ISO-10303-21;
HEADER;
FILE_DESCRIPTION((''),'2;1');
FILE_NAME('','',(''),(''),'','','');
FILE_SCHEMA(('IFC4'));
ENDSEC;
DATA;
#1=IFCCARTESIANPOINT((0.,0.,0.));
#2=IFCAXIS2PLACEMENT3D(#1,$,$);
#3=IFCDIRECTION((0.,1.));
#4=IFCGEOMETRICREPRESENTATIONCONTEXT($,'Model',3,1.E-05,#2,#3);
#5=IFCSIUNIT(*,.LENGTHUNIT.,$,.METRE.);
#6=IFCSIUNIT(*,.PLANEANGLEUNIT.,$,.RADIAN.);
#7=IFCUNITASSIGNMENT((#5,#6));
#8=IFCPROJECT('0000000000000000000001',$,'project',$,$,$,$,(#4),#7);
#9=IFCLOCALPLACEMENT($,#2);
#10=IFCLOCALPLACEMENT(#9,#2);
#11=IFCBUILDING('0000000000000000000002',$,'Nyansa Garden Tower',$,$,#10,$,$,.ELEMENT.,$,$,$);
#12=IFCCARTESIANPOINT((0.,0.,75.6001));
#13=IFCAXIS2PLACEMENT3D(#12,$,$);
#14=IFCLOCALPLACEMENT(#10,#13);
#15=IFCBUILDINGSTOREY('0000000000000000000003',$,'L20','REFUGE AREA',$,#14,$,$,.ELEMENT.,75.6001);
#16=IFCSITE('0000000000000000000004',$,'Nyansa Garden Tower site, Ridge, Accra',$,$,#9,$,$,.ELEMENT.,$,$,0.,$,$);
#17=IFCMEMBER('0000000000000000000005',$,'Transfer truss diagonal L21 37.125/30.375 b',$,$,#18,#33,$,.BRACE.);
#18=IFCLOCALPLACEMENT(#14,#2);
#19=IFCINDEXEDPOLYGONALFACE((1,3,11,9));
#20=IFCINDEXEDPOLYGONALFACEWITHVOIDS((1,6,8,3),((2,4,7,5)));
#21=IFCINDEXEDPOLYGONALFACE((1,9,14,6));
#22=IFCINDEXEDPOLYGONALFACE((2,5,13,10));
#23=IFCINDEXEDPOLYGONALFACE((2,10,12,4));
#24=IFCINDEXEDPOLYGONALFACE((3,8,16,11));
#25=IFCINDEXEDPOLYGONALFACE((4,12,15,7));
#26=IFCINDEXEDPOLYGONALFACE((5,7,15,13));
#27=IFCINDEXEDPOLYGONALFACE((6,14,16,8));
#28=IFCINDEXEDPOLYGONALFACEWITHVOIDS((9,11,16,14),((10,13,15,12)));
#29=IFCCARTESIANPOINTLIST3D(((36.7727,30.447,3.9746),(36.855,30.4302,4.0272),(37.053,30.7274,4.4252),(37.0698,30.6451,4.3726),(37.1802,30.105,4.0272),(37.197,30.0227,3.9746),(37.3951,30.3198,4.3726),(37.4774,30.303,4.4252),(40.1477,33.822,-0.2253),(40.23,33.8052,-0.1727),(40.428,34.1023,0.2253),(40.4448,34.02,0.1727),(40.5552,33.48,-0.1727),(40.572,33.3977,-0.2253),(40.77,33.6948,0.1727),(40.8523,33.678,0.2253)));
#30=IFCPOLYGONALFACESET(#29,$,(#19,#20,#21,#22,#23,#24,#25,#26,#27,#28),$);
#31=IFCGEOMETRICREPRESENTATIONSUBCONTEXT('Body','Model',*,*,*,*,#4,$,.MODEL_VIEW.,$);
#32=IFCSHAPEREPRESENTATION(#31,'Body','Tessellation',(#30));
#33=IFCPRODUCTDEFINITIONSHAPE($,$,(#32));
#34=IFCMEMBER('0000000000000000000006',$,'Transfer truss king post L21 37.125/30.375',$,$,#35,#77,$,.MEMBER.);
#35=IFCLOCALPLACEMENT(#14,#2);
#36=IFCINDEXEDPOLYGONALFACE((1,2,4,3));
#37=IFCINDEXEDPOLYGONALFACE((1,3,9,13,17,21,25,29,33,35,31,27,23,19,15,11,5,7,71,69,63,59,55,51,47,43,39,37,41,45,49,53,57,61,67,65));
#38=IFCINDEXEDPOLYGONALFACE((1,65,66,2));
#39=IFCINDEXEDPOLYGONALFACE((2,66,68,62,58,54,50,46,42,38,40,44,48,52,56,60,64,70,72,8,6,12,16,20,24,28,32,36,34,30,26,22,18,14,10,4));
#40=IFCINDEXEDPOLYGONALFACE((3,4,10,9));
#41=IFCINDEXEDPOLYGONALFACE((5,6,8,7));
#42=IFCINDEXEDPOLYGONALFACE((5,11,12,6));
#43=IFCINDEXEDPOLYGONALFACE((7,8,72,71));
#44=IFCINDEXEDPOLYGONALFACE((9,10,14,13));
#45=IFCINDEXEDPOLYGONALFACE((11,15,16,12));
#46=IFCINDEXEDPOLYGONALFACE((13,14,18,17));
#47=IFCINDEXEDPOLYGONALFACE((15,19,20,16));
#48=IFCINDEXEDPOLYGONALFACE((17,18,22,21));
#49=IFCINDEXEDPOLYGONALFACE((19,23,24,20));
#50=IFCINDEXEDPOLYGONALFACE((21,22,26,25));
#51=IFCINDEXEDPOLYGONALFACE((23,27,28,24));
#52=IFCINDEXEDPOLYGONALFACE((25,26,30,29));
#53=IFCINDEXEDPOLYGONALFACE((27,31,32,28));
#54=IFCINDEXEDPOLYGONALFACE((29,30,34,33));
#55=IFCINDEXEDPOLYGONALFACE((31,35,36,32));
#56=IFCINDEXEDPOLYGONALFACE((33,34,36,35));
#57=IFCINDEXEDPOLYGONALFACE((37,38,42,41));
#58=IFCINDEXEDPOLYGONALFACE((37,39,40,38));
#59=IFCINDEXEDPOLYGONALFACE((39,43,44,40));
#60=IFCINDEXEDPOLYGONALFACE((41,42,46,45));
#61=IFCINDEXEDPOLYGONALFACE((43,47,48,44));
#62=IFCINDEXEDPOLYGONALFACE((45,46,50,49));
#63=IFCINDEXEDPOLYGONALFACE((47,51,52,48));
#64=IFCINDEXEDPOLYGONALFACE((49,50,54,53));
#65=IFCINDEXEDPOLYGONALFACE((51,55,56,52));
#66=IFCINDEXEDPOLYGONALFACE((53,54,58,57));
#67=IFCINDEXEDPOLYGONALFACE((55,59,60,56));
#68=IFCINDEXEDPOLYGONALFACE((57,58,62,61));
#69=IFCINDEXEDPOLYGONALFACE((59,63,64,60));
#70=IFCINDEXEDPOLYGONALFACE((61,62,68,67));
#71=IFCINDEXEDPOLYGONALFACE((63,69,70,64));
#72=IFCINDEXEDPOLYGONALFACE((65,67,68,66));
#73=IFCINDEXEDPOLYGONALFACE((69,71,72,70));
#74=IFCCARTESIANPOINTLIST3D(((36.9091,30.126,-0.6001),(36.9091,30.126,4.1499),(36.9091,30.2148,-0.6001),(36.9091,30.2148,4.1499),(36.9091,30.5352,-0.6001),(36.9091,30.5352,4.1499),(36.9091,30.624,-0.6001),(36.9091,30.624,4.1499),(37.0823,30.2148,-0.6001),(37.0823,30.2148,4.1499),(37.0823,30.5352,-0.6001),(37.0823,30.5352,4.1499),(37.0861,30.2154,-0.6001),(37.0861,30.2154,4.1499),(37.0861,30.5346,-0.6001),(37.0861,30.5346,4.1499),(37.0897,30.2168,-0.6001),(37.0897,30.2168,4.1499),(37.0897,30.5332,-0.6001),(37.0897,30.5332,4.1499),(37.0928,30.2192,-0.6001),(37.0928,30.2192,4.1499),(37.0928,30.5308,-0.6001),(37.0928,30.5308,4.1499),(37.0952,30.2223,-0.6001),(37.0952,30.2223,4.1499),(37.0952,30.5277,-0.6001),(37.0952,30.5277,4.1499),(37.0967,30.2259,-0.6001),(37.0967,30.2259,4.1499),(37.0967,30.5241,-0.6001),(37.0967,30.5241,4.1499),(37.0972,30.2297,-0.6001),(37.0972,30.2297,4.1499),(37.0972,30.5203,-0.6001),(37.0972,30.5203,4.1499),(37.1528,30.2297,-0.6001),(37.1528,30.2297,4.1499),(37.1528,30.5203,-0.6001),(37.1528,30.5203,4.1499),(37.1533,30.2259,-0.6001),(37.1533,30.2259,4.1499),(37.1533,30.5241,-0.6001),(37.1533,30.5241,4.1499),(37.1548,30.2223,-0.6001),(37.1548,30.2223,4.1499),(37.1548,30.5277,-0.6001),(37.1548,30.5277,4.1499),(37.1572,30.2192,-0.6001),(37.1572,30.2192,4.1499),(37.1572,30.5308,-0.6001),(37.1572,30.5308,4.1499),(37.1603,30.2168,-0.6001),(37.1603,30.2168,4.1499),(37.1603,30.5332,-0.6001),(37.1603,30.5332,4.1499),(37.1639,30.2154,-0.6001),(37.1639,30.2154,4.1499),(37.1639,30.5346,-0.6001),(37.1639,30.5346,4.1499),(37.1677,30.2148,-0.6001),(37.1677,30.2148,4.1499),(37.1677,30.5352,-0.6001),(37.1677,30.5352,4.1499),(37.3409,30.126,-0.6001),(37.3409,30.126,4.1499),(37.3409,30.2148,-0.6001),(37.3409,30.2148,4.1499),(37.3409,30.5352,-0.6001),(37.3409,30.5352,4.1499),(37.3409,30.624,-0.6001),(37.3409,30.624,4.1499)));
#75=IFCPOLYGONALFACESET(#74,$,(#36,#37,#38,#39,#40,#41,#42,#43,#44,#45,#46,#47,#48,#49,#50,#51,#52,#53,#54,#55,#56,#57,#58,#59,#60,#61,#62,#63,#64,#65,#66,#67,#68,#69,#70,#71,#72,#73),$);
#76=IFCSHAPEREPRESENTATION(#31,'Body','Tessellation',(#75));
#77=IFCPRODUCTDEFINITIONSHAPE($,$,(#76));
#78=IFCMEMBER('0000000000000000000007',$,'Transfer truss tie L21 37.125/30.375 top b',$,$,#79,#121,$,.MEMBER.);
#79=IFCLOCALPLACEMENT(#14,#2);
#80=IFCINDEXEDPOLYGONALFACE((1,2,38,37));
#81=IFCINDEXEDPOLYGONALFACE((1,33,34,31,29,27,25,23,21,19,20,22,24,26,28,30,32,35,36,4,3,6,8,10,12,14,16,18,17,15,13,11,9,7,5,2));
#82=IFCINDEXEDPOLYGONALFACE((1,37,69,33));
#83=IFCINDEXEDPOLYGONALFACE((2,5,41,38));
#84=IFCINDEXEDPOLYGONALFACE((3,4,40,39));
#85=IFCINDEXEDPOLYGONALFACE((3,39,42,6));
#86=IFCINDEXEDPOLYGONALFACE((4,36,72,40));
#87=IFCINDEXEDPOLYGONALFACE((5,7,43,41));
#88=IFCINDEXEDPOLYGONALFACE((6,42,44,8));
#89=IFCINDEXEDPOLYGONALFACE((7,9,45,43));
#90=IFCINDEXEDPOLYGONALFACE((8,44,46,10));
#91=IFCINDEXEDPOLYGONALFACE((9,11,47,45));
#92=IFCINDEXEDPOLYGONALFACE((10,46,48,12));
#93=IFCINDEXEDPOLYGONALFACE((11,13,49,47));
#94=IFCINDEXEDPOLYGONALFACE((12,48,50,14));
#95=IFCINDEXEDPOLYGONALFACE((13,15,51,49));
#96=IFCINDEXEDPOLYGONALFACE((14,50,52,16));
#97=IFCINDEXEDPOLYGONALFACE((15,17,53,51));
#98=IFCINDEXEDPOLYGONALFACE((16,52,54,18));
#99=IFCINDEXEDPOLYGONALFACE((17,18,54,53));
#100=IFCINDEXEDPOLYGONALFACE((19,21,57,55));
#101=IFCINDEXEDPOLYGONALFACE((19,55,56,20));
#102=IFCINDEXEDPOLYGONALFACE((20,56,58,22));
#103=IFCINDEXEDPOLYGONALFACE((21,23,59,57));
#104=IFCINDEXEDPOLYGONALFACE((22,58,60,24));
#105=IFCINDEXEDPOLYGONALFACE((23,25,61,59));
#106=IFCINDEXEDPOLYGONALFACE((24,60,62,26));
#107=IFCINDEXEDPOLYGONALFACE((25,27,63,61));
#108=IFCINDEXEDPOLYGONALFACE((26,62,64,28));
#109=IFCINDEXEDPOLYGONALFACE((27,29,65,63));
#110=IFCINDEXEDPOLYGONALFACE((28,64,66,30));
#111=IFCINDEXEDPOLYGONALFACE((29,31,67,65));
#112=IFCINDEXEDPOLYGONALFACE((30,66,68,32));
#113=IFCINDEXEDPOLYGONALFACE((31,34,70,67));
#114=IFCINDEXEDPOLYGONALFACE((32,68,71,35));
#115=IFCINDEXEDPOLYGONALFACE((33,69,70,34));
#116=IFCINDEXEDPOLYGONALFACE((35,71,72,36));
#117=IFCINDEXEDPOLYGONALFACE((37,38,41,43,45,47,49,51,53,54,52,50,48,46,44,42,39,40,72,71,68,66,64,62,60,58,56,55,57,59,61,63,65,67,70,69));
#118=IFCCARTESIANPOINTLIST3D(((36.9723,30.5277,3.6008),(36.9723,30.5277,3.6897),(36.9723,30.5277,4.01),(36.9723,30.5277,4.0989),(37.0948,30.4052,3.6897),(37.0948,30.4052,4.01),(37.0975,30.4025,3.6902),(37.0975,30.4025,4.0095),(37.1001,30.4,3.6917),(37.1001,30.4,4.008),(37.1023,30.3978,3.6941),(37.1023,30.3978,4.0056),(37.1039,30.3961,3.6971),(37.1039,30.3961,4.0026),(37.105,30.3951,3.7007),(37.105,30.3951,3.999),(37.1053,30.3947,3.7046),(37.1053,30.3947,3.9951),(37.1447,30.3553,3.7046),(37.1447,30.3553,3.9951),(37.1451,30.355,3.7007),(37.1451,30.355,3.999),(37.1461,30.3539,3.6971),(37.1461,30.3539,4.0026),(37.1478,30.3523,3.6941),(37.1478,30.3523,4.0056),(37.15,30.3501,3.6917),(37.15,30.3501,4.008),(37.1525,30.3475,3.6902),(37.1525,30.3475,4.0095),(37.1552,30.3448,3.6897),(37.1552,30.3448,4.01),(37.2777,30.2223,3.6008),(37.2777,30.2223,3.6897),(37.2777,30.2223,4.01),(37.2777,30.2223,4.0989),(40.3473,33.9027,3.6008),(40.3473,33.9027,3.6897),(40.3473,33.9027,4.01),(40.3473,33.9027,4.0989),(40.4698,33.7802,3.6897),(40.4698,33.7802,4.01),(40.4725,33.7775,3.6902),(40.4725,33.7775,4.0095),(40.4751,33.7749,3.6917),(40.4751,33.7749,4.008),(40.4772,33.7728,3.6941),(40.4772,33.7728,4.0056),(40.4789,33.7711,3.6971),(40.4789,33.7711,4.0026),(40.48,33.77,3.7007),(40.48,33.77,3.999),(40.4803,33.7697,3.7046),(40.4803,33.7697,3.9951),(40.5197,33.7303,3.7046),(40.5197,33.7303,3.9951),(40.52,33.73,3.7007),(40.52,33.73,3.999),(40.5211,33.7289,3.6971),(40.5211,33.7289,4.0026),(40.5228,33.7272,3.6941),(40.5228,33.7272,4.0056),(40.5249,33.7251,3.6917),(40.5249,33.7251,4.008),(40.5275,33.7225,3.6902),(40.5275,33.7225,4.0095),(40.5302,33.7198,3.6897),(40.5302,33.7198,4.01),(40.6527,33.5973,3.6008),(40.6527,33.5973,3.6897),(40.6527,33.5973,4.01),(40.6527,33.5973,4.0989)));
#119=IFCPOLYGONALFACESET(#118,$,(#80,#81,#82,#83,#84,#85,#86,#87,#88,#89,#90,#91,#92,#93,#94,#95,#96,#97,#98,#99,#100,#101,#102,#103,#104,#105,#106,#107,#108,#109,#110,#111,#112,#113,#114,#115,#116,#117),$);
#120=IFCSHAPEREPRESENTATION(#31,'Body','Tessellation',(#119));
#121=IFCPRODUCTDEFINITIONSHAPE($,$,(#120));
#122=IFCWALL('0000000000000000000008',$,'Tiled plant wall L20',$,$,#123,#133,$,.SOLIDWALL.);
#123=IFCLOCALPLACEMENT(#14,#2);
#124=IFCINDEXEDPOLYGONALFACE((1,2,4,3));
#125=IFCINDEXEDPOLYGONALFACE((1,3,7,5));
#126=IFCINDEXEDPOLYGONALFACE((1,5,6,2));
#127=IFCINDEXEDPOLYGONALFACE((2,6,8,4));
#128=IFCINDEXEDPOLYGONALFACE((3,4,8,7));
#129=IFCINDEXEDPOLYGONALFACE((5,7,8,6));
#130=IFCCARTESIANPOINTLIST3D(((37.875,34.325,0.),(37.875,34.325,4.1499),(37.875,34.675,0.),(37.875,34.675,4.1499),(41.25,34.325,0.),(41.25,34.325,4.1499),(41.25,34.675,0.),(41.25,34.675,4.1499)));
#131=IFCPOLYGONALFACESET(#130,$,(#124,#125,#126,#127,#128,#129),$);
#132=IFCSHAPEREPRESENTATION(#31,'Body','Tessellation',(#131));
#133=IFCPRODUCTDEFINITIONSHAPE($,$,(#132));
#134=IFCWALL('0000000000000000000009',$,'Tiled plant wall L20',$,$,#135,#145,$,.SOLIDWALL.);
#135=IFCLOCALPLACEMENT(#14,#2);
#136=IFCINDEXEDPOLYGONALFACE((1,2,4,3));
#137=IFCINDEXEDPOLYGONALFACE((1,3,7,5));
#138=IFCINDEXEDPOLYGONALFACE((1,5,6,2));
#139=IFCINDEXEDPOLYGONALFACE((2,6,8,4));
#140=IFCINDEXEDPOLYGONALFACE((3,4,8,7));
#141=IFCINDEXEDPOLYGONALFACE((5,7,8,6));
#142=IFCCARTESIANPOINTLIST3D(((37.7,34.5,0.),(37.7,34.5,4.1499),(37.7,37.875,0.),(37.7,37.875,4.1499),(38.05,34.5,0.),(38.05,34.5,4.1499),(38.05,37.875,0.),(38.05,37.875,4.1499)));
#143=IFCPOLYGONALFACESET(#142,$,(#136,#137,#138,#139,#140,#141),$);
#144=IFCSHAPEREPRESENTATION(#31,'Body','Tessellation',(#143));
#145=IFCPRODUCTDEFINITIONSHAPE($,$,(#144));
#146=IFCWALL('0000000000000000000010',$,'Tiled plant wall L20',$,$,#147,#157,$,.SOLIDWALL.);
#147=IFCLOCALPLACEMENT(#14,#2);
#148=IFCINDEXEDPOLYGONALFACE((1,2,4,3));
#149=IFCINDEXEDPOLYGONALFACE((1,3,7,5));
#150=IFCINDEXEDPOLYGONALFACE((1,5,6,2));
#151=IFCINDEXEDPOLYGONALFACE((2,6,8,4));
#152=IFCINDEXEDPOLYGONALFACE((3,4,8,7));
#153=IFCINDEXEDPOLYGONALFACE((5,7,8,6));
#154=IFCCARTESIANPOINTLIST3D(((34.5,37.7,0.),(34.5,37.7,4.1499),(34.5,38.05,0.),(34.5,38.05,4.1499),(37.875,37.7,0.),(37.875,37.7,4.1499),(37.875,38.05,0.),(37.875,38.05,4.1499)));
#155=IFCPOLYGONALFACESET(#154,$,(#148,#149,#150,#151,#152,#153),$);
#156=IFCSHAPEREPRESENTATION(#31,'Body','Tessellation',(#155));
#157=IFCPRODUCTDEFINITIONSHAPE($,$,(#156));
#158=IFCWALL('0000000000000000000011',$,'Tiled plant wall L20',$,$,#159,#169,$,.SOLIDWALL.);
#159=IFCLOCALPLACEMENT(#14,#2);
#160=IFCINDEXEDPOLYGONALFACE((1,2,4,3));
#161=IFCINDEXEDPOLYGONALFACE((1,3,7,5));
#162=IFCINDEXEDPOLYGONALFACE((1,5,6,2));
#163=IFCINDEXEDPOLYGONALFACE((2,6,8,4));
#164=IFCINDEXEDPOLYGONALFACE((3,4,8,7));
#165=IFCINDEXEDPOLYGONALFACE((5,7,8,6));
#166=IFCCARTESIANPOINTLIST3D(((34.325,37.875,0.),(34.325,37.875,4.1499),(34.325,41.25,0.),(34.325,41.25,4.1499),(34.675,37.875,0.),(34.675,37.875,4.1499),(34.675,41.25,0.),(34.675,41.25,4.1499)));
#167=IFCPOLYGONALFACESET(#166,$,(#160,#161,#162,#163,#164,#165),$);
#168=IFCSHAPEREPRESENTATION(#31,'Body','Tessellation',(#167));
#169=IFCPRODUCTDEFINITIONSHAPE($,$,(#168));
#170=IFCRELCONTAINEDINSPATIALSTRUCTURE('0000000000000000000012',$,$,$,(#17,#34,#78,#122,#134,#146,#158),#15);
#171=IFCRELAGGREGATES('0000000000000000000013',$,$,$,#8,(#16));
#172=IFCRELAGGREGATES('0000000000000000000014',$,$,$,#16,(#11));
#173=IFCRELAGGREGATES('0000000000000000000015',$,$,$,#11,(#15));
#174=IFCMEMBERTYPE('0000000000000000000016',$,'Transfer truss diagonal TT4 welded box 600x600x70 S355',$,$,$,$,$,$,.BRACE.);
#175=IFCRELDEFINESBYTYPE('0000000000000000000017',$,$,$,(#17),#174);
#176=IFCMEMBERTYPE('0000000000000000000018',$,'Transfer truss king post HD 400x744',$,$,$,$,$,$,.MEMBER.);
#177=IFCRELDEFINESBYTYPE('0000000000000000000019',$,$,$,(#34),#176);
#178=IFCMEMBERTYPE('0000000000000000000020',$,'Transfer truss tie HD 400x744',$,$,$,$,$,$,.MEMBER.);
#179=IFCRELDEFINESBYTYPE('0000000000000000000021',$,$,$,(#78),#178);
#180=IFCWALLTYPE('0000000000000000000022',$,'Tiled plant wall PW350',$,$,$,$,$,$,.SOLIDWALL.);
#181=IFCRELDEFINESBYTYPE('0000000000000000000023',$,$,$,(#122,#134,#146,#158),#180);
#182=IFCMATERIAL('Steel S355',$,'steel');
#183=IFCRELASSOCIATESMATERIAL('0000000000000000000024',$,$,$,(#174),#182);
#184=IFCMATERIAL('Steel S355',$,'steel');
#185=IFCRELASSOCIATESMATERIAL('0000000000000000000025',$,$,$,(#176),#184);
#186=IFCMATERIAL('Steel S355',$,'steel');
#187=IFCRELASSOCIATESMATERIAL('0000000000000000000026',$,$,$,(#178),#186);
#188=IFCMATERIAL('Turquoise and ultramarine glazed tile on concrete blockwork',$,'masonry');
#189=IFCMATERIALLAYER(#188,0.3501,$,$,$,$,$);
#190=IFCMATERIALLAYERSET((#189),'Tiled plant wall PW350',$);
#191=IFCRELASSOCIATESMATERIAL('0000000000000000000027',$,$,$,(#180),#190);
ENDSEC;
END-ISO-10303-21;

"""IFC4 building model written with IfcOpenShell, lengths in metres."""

from ifc_helpers import new_model, si_unit, direction, frame, frame_2d, origin, origin_2d, place, context, subcontext, project, spatial, rectangle, hollow_rectangle, i_section, extrude, material, layer, layer_set, material_profile, profile_set, type_object, element, save


model = new_model("IFC4")

# Units and contexts
model_context = context("Model", 3, precision=1e-05, world=origin(), true_north=direction((0.0, 1.0)))
body_context = subcontext(model_context, "Body", "Model", "MODEL_VIEW")
ifc_project = project(units=[si_unit("LENGTHUNIT", "METRE"), si_unit("PLANEANGLEUNIT", "RADIAN")], contexts=[model_context])

# Site, building, storey
site_placement = place(None, origin())
site = spatial("IfcSite", under=ifc_project, at=site_placement, Name="Nyansa Garden Tower site, Ridge, Accra", CompositionType="ELEMENT", RefElevation=0.0)
building_placement = place(site_placement, origin())
building = spatial("IfcBuilding", under=site, at=building_placement, Name="Nyansa Garden Tower", CompositionType="ELEMENT")
storey_placement = place(building_placement, frame((0.0, 0.0, 75.6001)))
storey = spatial("IfcBuildingStorey", under=building, at=storey_placement, Name="L20", Description="REFUGE AREA", CompositionType="ELEMENT", Elevation=75.6001)

# Members
ifc_material_1 = material(Name="Steel S355", Category="steel")
ifc_material_profile_1 = material_profile(ifc_material_1, hollow_rectangle(XDim=0.6001, YDim=0.6001, WallThickness=0.0701, at=origin_2d()), Name="Welded box 600x600x70")
ifc_profile_set_1 = profile_set([ifc_material_profile_1], Name="Steel S355")
member_type_1 = type_object("IfcMemberType", Name="Transfer truss diagonal TT4 welded box 600x600x70 S355", PredefinedType="BRACE", material=ifc_profile_set_1)
member_1_placement = place(storey_placement, frame((40.5, 33.75, 0.0), z_axis=(-0.530849, -0.530849, 0.660605), x_axis=(0.707107, -0.707107, 0.0)))
element("IfcMember", 1, at=member_1_placement, inside=storey, type_object=member_type_1, Name="Transfer truss diagonal L21 37.125/30.375 b", PredefinedType="BRACE", context=body_context, shape_type="SweptSolid", body=[
    extrude(hollow_rectangle(XDim=0.6001, YDim=0.6001, WallThickness=0.0701, at=origin_2d()), origin(), (0.0, 0.0, 1.0), 6.3577),
])
ifc_material_2 = material(Name="Steel S355", Category="steel")
ifc_material_profile_2 = material_profile(ifc_material_2, i_section(OverallWidth=0.4319, OverallDepth=0.498, WebThickness=0.0557, FlangeThickness=0.0889, FilletRadius=0.0149, at=origin_2d()), Name="HD 400x744")
ifc_profile_set_2 = profile_set([ifc_material_profile_2], Name="Steel S355")
member_type_2 = type_object("IfcMemberType", Name="Transfer truss king post HD 400x744", PredefinedType="MEMBER", material=ifc_profile_set_2)
member_2_placement = place(storey_placement, frame((37.125, 30.375, -0.6001), z_axis=(0.0, 0.0, 1.0), x_axis=(1.0, 0.0, 0.0)))
element("IfcMember", 2, at=member_2_placement, inside=storey, type_object=member_type_2, Name="Transfer truss king post L21 37.125/30.375", PredefinedType="MEMBER", context=body_context, shape_type="SweptSolid", body=[
    extrude(i_section(OverallWidth=0.4319, OverallDepth=0.498, WebThickness=0.0557, FlangeThickness=0.0889, FilletRadius=0.0149, at=origin_2d()), origin(), (0.0, 0.0, 1.0), 4.75),
])
ifc_material_3 = material(Name="Steel S355", Category="steel")
ifc_material_profile_3 = material_profile(ifc_material_3, i_section(OverallWidth=0.4319, OverallDepth=0.498, WebThickness=0.0557, FlangeThickness=0.0889, FilletRadius=0.0149, at=origin_2d()), Name="HD 400x744")
ifc_profile_set_3 = profile_set([ifc_material_profile_3], Name="Steel S355")
member_type_3 = type_object("IfcMemberType", Name="Transfer truss tie HD 400x744", PredefinedType="MEMBER", material=ifc_profile_set_3)
member_3_placement = place(storey_placement, frame((40.5, 33.75, 3.8499), z_axis=(-0.707107, -0.707107, 0.0), x_axis=(0.707107, -0.707107, 0.0)))
element("IfcMember", 3, at=member_3_placement, inside=storey, type_object=member_type_3, Name="Transfer truss tie L21 37.125/30.375 top b", PredefinedType="MEMBER", context=body_context, shape_type="SweptSolid", body=[
    extrude(i_section(OverallWidth=0.4319, OverallDepth=0.498, WebThickness=0.0557, FlangeThickness=0.0889, FilletRadius=0.0149, at=origin_2d()), origin(), (0.0, 0.0, 1.0), 4.7729),
])

# Walls
ifc_material_4 = material(Name="Turquoise and ultramarine glazed tile on concrete blockwork", Category="masonry")
ifc_layer = layer(ifc_material_4, 0.3501)
ifc_layer_set = layer_set([ifc_layer], Name="Tiled plant wall PW350")
wall_type = type_object("IfcWallType", Name="Tiled plant wall PW350", PredefinedType="SOLIDWALL", material=ifc_layer_set)
for number, where, z_axis, x_axis, name in (
    (4, (41.25, 34.5, 0.0), (0.0, 0.0, 1.0), (-1.0, 0.0, 0.0), "Tiled plant wall L20"),
    (5, (37.875, 34.5, 0.0), (0.0, 0.0, 1.0), (0.0, 1.0, 0.0), "Tiled plant wall L20"),
    (6, (37.875, 37.875, 0.0), (0.0, 0.0, 1.0), (-1.0, 0.0, 0.0), "Tiled plant wall L20"),
    (7, (34.5, 37.875, 0.0), (0.0, 0.0, 1.0), (0.0, 1.0, 0.0), "Tiled plant wall L20"),
):
    element("IfcWall", number, at=place(storey_placement, frame(where, z_axis=z_axis, x_axis=x_axis)), inside=storey, type_object=wall_type, Name=name, PredefinedType="SOLIDWALL", context=body_context, shape_type="SweptSolid", body=[
        extrude(rectangle(XDim=3.375, YDim=0.3501, at=frame_2d((1.6875, 0.0))), origin(), (0.0, 0.0, 1.0), 4.1499),
    ])

save(model, "model.ifc")
